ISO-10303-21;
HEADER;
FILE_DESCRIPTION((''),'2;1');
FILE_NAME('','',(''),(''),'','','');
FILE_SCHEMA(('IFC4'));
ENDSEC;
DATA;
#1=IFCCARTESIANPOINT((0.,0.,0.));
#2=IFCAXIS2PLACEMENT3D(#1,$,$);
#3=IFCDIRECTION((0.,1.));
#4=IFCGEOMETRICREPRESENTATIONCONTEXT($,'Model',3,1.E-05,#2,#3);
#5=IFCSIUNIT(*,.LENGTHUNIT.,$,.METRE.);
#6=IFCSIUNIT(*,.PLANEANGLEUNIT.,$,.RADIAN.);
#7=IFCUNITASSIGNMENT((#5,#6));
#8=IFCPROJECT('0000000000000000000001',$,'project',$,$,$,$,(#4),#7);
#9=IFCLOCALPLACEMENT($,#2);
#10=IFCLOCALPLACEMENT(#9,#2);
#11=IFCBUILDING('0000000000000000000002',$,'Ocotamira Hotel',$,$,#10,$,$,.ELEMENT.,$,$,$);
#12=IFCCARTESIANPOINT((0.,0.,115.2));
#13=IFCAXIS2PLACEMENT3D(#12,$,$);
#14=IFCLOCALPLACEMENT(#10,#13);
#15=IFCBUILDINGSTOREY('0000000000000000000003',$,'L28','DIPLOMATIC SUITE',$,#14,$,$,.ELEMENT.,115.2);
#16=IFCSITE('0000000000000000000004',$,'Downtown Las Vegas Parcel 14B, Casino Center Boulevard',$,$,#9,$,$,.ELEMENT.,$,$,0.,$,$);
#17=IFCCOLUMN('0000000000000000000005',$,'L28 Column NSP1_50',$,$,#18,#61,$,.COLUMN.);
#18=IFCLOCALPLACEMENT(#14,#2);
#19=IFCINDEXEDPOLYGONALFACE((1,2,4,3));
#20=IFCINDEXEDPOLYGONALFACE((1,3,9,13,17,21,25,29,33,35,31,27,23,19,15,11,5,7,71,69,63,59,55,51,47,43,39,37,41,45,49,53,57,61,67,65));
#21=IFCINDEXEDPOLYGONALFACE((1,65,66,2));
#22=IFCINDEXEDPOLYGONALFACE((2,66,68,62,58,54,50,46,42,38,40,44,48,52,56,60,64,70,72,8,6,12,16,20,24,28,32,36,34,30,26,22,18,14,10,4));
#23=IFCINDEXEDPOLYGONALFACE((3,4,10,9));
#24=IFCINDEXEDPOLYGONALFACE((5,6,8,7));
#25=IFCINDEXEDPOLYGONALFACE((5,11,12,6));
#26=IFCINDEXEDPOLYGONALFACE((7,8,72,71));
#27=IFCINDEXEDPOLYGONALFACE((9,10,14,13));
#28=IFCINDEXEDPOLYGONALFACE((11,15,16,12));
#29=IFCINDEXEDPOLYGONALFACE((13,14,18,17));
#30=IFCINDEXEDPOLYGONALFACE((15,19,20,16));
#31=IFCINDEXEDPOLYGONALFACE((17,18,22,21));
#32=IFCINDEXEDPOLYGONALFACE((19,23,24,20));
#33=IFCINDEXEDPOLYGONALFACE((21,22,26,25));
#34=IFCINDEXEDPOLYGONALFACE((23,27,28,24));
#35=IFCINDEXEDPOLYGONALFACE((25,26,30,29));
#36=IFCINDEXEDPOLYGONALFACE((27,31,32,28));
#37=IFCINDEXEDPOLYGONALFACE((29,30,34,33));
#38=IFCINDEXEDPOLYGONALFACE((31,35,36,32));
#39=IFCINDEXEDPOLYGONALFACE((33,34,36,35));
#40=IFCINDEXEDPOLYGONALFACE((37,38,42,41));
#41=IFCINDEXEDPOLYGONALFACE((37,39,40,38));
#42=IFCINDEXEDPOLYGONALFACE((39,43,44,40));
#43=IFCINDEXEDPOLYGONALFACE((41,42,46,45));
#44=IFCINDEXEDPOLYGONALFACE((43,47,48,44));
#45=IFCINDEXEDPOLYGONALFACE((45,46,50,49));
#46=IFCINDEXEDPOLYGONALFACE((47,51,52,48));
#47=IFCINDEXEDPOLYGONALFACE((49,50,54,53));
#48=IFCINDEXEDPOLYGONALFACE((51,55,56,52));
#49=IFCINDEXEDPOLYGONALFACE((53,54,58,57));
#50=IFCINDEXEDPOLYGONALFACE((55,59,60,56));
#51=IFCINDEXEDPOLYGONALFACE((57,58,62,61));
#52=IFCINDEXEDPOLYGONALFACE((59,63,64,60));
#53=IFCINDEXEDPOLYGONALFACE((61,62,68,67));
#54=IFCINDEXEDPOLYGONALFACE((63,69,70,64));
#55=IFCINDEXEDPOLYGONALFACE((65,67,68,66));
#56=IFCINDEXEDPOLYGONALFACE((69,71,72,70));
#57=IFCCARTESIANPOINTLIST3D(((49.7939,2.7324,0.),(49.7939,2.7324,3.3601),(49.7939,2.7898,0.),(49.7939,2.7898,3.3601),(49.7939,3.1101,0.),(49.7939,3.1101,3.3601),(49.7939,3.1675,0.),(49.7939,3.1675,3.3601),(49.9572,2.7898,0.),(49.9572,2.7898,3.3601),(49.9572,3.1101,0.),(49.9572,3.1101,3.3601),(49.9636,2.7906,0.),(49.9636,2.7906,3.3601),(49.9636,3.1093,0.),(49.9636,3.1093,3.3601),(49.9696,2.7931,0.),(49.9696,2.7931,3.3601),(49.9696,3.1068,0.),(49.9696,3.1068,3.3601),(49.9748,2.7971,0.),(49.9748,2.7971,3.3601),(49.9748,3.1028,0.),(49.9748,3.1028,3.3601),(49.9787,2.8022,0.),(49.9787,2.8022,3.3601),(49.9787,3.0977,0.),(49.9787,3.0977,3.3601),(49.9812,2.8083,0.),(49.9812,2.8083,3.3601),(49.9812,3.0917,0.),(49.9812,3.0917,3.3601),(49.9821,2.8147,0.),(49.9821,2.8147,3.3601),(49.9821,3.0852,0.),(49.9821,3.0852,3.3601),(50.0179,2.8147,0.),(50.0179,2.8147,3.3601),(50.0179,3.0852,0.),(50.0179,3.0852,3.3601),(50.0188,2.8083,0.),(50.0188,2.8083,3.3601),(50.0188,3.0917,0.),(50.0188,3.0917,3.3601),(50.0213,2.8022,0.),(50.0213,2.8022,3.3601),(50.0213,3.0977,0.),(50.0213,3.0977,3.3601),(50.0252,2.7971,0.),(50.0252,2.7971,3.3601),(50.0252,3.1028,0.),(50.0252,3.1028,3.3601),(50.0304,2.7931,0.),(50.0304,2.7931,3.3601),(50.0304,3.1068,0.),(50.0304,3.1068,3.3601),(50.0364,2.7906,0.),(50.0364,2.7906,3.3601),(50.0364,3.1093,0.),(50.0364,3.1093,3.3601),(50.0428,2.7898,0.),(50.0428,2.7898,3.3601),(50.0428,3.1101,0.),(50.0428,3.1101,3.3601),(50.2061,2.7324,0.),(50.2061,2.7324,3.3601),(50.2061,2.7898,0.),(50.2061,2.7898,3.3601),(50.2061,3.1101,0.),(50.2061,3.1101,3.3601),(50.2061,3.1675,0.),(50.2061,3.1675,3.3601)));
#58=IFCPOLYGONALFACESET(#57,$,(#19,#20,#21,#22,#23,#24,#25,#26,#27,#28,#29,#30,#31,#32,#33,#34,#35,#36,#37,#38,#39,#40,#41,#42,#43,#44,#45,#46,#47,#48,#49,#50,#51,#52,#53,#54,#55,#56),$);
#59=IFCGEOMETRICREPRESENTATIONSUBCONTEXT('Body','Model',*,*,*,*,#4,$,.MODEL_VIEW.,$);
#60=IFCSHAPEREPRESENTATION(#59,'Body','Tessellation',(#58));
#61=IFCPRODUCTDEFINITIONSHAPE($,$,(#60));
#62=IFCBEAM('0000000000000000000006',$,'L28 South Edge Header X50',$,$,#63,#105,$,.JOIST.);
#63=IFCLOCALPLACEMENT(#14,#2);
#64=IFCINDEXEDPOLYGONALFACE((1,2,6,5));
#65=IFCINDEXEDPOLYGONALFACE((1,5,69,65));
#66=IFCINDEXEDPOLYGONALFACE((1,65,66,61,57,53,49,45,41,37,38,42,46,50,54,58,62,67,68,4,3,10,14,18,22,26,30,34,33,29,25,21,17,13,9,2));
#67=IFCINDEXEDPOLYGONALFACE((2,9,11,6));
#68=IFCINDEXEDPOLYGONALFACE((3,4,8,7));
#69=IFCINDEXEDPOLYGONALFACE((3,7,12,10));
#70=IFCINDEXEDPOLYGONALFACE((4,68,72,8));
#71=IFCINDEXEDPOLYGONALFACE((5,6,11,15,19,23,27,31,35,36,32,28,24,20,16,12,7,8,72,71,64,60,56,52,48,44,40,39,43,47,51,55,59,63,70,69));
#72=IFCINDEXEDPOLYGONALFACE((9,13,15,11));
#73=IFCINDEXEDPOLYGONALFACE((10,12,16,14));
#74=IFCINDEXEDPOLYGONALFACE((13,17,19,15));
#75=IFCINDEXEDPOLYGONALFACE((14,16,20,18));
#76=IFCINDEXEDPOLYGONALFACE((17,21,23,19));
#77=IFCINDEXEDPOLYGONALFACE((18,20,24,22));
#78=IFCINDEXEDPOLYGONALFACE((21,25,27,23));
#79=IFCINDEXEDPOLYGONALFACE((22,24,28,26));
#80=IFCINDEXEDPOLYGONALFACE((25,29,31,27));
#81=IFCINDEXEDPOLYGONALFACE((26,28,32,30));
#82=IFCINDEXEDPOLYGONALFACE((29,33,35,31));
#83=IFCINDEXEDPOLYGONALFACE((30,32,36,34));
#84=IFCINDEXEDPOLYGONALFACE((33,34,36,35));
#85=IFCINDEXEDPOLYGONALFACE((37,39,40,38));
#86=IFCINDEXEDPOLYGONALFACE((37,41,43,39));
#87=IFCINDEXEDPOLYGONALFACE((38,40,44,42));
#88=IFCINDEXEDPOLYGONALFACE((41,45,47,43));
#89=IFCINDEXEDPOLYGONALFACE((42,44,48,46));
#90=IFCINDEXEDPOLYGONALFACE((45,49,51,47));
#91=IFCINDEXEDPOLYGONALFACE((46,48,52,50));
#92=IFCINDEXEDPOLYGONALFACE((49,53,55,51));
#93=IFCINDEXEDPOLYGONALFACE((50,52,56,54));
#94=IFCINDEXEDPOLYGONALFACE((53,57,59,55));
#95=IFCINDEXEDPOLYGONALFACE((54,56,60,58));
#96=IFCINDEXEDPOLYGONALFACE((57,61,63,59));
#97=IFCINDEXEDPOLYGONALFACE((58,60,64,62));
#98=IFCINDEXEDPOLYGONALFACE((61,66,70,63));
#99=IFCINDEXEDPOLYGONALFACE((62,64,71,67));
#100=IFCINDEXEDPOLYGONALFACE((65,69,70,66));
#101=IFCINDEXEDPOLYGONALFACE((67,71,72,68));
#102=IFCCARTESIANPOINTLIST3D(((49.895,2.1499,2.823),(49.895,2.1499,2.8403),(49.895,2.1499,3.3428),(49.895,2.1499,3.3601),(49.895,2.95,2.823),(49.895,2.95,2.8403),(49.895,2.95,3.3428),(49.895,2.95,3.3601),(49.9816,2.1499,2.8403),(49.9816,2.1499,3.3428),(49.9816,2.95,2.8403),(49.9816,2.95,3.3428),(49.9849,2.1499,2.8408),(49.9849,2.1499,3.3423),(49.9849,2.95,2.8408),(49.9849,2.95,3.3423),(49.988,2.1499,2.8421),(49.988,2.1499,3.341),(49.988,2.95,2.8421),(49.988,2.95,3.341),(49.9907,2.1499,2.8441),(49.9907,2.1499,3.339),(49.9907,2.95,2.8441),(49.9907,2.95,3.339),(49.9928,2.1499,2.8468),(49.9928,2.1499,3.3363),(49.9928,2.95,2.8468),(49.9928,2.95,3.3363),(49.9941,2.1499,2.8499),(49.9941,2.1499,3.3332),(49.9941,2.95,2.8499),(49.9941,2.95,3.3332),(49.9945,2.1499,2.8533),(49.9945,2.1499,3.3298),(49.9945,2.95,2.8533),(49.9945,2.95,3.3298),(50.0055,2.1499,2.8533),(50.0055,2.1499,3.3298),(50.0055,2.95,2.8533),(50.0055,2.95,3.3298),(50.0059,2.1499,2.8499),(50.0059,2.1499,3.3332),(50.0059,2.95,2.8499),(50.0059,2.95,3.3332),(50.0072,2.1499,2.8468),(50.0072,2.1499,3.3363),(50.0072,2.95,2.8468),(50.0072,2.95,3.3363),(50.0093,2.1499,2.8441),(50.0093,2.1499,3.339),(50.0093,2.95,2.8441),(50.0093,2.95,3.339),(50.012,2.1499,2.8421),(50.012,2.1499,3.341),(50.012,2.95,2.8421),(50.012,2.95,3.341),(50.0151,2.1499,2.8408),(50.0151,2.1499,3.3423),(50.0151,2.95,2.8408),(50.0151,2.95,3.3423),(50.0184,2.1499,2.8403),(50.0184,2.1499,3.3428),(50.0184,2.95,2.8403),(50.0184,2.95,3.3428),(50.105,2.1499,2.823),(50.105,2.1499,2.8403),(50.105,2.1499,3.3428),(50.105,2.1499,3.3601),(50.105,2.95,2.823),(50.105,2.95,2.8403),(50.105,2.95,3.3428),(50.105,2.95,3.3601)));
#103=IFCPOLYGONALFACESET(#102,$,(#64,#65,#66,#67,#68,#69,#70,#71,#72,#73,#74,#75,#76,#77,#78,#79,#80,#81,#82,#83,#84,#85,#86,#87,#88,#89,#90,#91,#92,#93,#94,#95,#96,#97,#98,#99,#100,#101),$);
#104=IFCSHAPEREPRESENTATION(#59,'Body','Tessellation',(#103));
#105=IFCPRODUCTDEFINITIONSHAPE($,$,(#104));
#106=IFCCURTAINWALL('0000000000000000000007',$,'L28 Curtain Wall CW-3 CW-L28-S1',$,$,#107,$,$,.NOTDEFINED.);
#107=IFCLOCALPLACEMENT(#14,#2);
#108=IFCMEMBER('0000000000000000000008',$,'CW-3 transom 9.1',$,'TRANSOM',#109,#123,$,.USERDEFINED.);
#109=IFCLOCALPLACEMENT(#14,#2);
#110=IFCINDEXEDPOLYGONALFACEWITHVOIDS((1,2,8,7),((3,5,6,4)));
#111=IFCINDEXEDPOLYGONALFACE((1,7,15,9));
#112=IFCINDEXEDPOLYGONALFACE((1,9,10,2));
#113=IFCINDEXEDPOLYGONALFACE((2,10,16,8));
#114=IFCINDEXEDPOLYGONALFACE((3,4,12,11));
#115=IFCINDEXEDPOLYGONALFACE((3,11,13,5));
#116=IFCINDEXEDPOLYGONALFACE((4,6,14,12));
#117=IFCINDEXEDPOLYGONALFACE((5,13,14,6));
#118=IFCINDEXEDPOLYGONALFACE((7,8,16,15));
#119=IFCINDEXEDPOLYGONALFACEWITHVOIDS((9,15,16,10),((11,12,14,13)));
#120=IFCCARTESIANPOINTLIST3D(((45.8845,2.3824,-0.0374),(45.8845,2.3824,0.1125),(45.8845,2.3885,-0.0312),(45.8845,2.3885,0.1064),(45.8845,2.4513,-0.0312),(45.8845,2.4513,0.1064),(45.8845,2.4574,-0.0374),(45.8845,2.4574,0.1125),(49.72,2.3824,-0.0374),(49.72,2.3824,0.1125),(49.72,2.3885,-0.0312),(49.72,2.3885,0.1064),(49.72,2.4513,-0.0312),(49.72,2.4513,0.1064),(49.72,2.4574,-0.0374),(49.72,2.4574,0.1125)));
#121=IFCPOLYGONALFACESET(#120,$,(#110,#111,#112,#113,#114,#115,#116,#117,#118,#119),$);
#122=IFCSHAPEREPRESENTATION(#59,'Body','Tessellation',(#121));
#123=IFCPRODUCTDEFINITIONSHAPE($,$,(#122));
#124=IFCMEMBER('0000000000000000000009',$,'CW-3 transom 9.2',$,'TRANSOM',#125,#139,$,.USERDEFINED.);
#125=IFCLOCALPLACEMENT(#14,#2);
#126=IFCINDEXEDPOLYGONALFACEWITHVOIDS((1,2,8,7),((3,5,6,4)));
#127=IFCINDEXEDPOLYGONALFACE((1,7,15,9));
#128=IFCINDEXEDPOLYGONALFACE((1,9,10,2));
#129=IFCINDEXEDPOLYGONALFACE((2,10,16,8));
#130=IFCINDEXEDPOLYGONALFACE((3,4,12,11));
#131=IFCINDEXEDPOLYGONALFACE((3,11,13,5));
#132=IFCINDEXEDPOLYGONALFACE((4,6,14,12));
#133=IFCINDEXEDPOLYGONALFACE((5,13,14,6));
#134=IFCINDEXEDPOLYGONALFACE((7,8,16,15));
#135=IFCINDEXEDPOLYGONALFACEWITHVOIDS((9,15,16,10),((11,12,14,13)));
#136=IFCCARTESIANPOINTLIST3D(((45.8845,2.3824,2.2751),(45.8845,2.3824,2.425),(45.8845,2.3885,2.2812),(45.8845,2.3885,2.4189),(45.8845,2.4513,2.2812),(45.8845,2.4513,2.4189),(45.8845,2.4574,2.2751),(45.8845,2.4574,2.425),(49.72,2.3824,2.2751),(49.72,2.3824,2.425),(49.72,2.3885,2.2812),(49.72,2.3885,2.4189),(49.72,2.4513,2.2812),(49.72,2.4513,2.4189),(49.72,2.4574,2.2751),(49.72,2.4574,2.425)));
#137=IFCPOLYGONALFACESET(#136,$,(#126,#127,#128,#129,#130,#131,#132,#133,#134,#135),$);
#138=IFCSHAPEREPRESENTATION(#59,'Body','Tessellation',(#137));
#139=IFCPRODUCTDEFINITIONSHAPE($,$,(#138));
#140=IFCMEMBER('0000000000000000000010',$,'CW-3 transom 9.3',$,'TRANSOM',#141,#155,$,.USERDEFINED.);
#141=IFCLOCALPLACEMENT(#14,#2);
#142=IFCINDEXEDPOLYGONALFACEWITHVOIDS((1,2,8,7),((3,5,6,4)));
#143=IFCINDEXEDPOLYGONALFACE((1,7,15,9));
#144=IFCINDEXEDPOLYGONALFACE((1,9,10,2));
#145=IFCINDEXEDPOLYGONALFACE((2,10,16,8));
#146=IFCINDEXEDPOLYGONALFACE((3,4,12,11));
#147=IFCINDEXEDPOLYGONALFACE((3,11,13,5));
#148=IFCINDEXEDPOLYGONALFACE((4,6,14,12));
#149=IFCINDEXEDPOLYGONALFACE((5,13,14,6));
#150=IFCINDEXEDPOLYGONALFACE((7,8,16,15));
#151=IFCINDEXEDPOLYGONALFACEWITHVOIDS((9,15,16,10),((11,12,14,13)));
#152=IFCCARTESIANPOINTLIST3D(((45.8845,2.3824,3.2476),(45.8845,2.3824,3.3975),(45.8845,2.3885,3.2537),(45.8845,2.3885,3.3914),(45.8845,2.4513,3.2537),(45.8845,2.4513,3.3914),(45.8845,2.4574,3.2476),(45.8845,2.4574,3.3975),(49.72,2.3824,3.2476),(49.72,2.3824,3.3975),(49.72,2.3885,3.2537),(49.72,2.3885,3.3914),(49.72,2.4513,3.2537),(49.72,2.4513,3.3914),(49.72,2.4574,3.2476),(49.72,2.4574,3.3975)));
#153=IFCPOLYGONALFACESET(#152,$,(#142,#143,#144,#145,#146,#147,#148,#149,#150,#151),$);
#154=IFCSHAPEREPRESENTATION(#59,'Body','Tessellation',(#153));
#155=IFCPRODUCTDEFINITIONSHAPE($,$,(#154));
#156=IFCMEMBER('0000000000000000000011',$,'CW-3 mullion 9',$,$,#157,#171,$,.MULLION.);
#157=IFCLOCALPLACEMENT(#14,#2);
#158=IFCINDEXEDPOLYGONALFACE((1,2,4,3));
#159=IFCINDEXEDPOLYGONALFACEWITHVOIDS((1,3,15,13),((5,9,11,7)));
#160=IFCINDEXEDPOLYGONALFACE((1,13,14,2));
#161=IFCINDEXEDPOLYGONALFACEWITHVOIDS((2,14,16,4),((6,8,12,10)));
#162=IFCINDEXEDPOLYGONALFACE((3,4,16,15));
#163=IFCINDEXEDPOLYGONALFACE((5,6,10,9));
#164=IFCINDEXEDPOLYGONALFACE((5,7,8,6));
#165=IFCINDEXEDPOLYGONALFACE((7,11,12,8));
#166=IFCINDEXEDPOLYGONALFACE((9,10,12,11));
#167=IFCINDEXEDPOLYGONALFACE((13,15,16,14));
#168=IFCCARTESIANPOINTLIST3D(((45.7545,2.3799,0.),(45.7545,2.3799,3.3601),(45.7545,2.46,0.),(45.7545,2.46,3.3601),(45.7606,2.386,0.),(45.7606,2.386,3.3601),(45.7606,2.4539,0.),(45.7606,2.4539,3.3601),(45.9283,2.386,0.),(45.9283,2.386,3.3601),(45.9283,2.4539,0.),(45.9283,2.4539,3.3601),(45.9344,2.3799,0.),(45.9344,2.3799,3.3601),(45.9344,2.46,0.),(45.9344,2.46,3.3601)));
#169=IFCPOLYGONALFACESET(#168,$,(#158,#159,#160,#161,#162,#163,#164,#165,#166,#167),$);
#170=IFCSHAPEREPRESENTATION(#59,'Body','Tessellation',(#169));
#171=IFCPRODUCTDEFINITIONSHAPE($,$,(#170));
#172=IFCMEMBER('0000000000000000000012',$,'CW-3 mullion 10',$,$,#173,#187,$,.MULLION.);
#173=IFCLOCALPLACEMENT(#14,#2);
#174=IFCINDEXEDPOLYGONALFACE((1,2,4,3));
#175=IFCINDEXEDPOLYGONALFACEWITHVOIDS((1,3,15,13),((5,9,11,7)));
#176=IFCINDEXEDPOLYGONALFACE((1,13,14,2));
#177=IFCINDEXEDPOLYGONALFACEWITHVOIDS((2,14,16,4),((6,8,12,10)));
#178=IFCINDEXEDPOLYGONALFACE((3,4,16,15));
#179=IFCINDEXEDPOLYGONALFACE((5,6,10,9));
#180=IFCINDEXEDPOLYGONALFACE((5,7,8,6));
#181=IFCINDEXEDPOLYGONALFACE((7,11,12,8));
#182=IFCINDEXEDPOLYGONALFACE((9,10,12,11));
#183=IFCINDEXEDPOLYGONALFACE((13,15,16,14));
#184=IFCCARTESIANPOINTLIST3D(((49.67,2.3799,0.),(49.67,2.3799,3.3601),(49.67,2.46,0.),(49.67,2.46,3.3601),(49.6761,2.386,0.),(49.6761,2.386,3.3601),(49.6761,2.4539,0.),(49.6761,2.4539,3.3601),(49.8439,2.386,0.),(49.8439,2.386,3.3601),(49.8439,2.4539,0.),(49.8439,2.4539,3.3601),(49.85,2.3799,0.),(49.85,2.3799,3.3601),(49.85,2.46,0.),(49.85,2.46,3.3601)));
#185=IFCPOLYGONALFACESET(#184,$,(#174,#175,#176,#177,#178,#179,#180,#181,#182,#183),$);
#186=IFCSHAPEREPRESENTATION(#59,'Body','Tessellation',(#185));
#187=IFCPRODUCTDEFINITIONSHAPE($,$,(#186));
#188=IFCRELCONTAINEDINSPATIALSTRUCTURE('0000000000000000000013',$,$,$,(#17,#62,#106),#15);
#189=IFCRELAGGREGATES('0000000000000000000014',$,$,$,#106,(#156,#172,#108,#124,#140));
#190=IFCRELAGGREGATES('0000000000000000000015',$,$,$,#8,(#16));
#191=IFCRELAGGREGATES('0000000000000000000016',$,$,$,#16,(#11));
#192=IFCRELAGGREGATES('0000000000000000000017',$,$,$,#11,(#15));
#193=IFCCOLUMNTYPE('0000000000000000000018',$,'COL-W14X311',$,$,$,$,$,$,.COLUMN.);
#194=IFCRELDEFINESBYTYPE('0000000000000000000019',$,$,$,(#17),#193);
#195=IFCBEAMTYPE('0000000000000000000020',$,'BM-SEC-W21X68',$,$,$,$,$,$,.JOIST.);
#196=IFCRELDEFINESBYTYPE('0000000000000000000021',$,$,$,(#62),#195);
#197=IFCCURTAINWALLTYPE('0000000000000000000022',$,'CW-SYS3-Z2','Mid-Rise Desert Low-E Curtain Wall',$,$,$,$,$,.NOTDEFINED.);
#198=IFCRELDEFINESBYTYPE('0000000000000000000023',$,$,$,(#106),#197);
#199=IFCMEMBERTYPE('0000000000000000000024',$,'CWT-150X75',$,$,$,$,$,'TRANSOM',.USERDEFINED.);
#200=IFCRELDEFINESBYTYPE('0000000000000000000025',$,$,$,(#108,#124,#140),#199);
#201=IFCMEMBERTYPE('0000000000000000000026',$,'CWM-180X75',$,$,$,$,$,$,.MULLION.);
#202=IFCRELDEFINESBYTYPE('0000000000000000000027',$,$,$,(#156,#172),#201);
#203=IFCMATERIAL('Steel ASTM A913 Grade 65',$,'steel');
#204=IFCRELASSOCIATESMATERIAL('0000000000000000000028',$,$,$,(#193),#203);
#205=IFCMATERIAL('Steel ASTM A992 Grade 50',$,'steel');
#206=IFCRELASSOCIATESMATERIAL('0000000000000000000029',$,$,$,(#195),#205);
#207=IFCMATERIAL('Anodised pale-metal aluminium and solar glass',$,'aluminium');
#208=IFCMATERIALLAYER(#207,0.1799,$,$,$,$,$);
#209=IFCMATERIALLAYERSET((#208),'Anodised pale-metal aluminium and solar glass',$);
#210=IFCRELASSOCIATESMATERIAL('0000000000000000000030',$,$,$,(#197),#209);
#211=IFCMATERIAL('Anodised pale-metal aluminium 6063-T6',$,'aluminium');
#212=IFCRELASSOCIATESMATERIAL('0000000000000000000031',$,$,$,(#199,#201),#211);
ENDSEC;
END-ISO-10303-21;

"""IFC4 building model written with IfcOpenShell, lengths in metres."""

from ifc_helpers import new_model, si_unit, direction, frame, origin, origin_2d, place, context, subcontext, project, spatial, hollow_rectangle, i_section, extrude, source, transform, mapped, material, layer, layer_set, material_profile, profile_set, type_object, element, aggregate, save


model = new_model("IFC4")

# Units and contexts
model_context = context("Model", 3, precision=1e-05, world=origin(), true_north=direction((0.0, 1.0)))
body_context = subcontext(model_context, "Body", "Model", "MODEL_VIEW")
ifc_project = project(units=[si_unit("LENGTHUNIT", "METRE"), si_unit("PLANEANGLEUNIT", "RADIAN")], contexts=[model_context])

# Site, building, storey
site_placement = place(None, origin())
site = spatial("IfcSite", under=ifc_project, at=site_placement, Name="Downtown Las Vegas Parcel 14B, Casino Center Boulevard", CompositionType="ELEMENT", RefElevation=0.0)
building_placement = place(site_placement, origin())
building = spatial("IfcBuilding", under=site, at=building_placement, Name="Ocotamira Hotel", CompositionType="ELEMENT")
storey_placement = place(building_placement, frame((0.0, 0.0, 115.2)))
storey = spatial("IfcBuildingStorey", under=building, at=storey_placement, Name="L28", Description="DIPLOMATIC SUITE", CompositionType="ELEMENT", Elevation=115.2)

# Column
ifc_material_1 = material(Name="Steel ASTM A913 Grade 65", Category="steel")
ifc_material_profile_1 = material_profile(ifc_material_1, i_section(OverallWidth=0.4121, OverallDepth=0.4351, WebThickness=0.0359, FlangeThickness=0.0574, FilletRadius=0.0249, at=origin_2d()), Name="W14X311")
ifc_profile_set_1 = profile_set([ifc_material_profile_1], Name="Steel ASTM A913 Grade 65")
column_type = type_object("IfcColumnType", Name="COL-W14X311", PredefinedType="COLUMN", material=ifc_profile_set_1)
shared_shape_1 = source(origin(), body_context, "Body", "SweptSolid", [
    extrude(i_section(OverallWidth=0.4121, OverallDepth=0.4351, WebThickness=0.0359, FlangeThickness=0.0574, FilletRadius=0.0249, at=origin_2d()), origin(), (0.0, 0.0, 1.0), 3.3601),
])
column_placement = place(storey_placement, frame((50.0, 2.95, 0.0), z_axis=(0.0, 0.0, 1.0), x_axis=(1.0, 0.0, 0.0)))
element("IfcColumn", 1, at=column_placement, inside=storey, type_object=column_type, Name="L28 Column NSP1_50", PredefinedType="COLUMN", context=body_context, shape_type="MappedRepresentation", body=[
    mapped(shared_shape_1, transform((0.0, 0.0, 0.0), scale=1.0)),
])

# Beam
ifc_material_2 = material(Name="Steel ASTM A992 Grade 50", Category="steel")
ifc_material_profile_2 = material_profile(ifc_material_2, i_section(OverallWidth=0.21, OverallDepth=0.5371, WebThickness=0.011, FlangeThickness=0.0173, FilletRadius=0.0129, at=origin_2d()), Name="W21X68")
ifc_profile_set_2 = profile_set([ifc_material_profile_2], Name="Steel ASTM A992 Grade 50")
beam_type = type_object("IfcBeamType", Name="BM-SEC-W21X68", PredefinedType="JOIST", material=ifc_profile_set_2)
shared_shape_2 = source(origin(), body_context, "Body", "SweptSolid", [
    extrude(i_section(OverallWidth=0.21, OverallDepth=0.5371, WebThickness=0.011, FlangeThickness=0.0173, FilletRadius=0.0129, at=origin_2d()), origin(), (0.0, 0.0, 1.0), 0.8),
])
beam_placement = place(storey_placement, frame((50.0, 2.95, 3.0916), z_axis=(0.0, -1.0, 0.0), x_axis=(1.0, 0.0, 0.0)))
element("IfcBeam", 2, at=beam_placement, inside=storey, type_object=beam_type, Name="L28 South Edge Header X50", PredefinedType="JOIST", context=body_context, shape_type="MappedRepresentation", body=[
    mapped(shared_shape_2, transform((0.0, 0.0, 0.0), scale=1.0)),
])

# Curtain wall, members
ifc_material_3 = material(Name="Anodised pale-metal aluminium and solar glass", Category="aluminium")
ifc_layer_1 = layer(ifc_material_3, 0.1799)
ifc_layer_set_1 = layer_set([ifc_layer_1], Name="Anodised pale-metal aluminium and solar glass")
curtain_wall_type = type_object("IfcCurtainWallType", Name="CW-SYS3-Z2", Description="Mid-Rise Desert Low-E Curtain Wall", PredefinedType="NOTDEFINED", material=ifc_layer_set_1)
curtain_wall_placement = place(storey_placement, origin())
curtain_wall = element("IfcCurtainWall", 3, at=curtain_wall_placement, inside=storey, type_object=curtain_wall_type, Name="L28 Curtain Wall CW-3 CW-L28-S1", PredefinedType="NOTDEFINED")
ifc_material_4 = material(Name="Anodised pale-metal aluminium 6063-T6", Category="aluminium")
ifc_material_profile_3 = material_profile(ifc_material_4, hollow_rectangle(XDim=0.075, YDim=0.1499, WallThickness=0.0061, at=origin_2d()), Name="HSS150X75X6")
ifc_profile_set_3 = profile_set([ifc_material_profile_3], Name="Anodised pale-metal aluminium 6063-T6")
member_type_1 = type_object("IfcMemberType", Name="CWT-150X75", ElementType="TRANSOM", PredefinedType="USERDEFINED", material=ifc_profile_set_3)
shared_shape_3 = source(origin(), body_context, "Body", "SweptSolid", [
    extrude(hollow_rectangle(XDim=0.075, YDim=0.1499, WallThickness=0.0061, at=origin_2d()), origin(), (0.0, 0.0, 1.0), 3.8354),
])
member_1_placement = place(storey_placement, frame((45.8845, 2.4199, 0.0376), z_axis=(1.0, 0.0, 0.0), x_axis=(0.0, 1.0, 0.0)))
member_1 = element("IfcMember", 4, at=member_1_placement, type_object=member_type_1, Name="CW-3 transom 9.1", ObjectType="TRANSOM", PredefinedType="USERDEFINED", context=body_context, shape_type="MappedRepresentation", body=[
    mapped(shared_shape_3, transform((0.0, 0.0, 0.0), scale=1.0)),
])
member_2_placement = place(storey_placement, frame((45.8845, 2.4199, 2.3501), z_axis=(1.0, 0.0, 0.0), x_axis=(0.0, 1.0, 0.0)))
member_2 = element("IfcMember", 5, at=member_2_placement, type_object=member_type_1, Name="CW-3 transom 9.2", ObjectType="TRANSOM", PredefinedType="USERDEFINED", context=body_context, shape_type="MappedRepresentation", body=[
    mapped(shared_shape_3, transform((0.0, 0.0, 0.0), scale=1.0)),
])
member_3_placement = place(storey_placement, frame((45.8845, 2.4199, 3.3225), z_axis=(1.0, 0.0, 0.0), x_axis=(0.0, 1.0, 0.0)))
member_3 = element("IfcMember", 6, at=member_3_placement, type_object=member_type_1, Name="CW-3 transom 9.3", ObjectType="TRANSOM", PredefinedType="USERDEFINED", context=body_context, shape_type="MappedRepresentation", body=[
    mapped(shared_shape_3, transform((0.0, 0.0, 0.0), scale=1.0)),
])
ifc_material_profile_4 = material_profile(ifc_material_4, hollow_rectangle(XDim=0.0801, YDim=0.1799, WallThickness=0.0061, at=origin_2d()), Name="HSS180X80X6")
ifc_profile_set_4 = profile_set([ifc_material_profile_4], Name="Anodised pale-metal aluminium 6063-T6")
member_type_2 = type_object("IfcMemberType", Name="CWM-180X75", PredefinedType="MULLION", material=ifc_profile_set_4)
shared_shape_4 = source(origin(), body_context, "Body", "SweptSolid", [
    extrude(hollow_rectangle(XDim=0.0801, YDim=0.1799, WallThickness=0.0061, at=origin_2d()), origin(), (0.0, 0.0, 1.0), 3.3601),
])
member_4_placement = place(storey_placement, frame((45.8445, 2.4199, 0.0), z_axis=(0.0, 0.0, 1.0), x_axis=(0.0, 1.0, 0.0)))
member_4 = element("IfcMember", 7, at=member_4_placement, type_object=member_type_2, Name="CW-3 mullion 9", PredefinedType="MULLION", context=body_context, shape_type="MappedRepresentation", body=[
    mapped(shared_shape_4, transform((0.0, 0.0, 0.0), scale=1.0)),
])
member_5_placement = place(storey_placement, frame((49.76, 2.4199, 0.0), z_axis=(0.0, 0.0, 1.0), x_axis=(0.0, 1.0, 0.0)))
member_5 = element("IfcMember", 8, at=member_5_placement, type_object=member_type_2, Name="CW-3 mullion 10", PredefinedType="MULLION", context=body_context, shape_type="MappedRepresentation", body=[
    mapped(shared_shape_4, transform((0.0, 0.0, 0.0), scale=1.0)),
])

aggregate(curtain_wall, [member_4, member_5, member_1, member_2, member_3])

save(model, "model.ifc")
